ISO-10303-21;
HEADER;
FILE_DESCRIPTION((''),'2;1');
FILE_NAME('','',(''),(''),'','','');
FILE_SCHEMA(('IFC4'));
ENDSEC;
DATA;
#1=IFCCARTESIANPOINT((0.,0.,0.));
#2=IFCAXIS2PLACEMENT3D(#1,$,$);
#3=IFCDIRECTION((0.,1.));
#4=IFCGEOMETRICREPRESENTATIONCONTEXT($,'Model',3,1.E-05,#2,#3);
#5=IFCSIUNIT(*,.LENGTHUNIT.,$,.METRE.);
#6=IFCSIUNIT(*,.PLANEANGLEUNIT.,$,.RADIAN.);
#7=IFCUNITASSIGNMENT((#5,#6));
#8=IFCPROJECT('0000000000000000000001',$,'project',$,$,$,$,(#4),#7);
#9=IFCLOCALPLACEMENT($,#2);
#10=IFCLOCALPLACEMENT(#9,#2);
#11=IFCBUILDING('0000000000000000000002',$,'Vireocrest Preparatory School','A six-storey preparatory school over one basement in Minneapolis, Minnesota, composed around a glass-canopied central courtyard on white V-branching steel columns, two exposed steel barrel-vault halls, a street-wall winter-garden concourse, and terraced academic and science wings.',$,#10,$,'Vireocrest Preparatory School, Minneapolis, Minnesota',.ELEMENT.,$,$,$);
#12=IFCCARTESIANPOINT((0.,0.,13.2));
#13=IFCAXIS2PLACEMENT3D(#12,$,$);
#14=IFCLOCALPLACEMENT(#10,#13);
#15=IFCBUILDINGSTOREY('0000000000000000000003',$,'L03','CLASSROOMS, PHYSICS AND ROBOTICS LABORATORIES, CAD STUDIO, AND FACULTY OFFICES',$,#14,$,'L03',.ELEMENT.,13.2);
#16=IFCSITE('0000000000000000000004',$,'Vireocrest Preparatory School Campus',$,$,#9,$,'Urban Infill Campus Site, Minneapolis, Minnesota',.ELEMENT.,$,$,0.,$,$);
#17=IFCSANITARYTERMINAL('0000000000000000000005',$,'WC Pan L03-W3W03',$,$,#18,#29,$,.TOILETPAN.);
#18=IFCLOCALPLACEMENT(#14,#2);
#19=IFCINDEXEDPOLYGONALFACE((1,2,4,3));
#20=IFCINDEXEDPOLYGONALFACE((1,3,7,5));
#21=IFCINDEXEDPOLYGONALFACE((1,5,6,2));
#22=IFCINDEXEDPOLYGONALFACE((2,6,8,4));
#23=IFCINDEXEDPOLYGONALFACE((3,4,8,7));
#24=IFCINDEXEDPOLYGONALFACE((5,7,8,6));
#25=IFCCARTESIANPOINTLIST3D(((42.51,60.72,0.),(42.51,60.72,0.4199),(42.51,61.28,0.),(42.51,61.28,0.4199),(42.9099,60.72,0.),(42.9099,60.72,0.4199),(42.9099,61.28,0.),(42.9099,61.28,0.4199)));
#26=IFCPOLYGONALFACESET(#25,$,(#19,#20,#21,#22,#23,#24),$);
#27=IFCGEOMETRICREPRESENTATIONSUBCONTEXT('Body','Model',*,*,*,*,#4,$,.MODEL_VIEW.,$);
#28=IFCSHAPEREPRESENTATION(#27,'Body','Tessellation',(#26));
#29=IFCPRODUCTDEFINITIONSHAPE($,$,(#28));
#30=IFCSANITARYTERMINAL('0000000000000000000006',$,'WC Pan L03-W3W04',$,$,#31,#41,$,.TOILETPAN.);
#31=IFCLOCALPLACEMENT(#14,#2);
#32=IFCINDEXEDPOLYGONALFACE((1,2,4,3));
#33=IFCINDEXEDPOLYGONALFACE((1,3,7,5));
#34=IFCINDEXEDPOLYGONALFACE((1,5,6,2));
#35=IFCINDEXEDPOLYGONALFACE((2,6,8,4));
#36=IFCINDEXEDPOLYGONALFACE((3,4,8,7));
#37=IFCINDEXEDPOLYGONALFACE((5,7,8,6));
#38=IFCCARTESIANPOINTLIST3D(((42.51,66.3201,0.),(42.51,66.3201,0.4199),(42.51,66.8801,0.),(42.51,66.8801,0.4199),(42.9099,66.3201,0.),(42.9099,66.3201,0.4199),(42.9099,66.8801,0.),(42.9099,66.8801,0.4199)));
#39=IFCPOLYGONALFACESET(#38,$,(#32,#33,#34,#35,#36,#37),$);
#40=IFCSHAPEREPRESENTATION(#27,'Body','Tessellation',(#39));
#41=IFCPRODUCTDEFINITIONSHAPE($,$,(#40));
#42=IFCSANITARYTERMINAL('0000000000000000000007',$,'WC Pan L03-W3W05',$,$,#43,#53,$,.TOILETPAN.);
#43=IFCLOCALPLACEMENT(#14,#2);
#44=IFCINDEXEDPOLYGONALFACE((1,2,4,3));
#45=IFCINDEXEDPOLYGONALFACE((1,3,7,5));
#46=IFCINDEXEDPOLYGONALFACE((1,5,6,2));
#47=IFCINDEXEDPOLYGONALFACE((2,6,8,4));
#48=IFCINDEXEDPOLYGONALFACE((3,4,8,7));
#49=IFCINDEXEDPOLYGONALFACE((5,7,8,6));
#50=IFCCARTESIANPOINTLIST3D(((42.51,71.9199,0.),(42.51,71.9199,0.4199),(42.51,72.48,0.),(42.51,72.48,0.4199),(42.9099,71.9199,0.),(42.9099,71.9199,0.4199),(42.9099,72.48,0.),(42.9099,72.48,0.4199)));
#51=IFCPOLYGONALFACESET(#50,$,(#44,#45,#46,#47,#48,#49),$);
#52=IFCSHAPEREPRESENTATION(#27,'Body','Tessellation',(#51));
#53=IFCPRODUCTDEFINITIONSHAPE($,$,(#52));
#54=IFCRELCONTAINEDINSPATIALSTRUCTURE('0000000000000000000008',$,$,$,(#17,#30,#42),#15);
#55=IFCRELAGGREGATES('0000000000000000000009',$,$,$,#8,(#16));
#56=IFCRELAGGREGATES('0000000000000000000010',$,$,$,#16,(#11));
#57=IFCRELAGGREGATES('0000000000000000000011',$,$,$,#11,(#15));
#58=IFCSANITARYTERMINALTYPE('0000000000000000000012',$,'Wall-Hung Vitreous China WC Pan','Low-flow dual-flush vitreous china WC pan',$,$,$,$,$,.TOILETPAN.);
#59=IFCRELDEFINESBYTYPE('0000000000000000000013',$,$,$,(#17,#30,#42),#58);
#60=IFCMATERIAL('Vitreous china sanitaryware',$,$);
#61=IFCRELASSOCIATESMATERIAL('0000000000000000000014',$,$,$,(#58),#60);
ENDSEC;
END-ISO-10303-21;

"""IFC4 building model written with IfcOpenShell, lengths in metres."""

from ifc_helpers import new_model, si_unit, direction, frame, origin, origin_2d, place, context, subcontext, project, spatial, rectangle, extrude, material, type_object, element, save


model = new_model("IFC4")

# Units and contexts
model_context = context("Model", 3, precision=1e-05, world=origin(), true_north=direction((0.0, 1.0)))
body_context = subcontext(model_context, "Body", "Model", "MODEL_VIEW")
ifc_project = project(units=[si_unit("LENGTHUNIT", "METRE"), si_unit("PLANEANGLEUNIT", "RADIAN")], contexts=[model_context])

# Site, building, storey
site_placement = place(None, origin())
site = spatial("IfcSite", under=ifc_project, at=site_placement, Name="Vireocrest Preparatory School Campus", LongName="Urban Infill Campus Site, Minneapolis, Minnesota", CompositionType="ELEMENT", RefElevation=0.0)
building_placement = place(site_placement, origin())
building = spatial("IfcBuilding", under=site, at=building_placement, Name="Vireocrest Preparatory School", Description="A six-storey preparatory school over one basement in Minneapolis, Minnesota, composed around a glass-canopied central courtyard on white V-branching steel columns, two exposed steel barrel-vault halls, a street-wall winter-garden concourse, and terraced academic and science wings.", LongName="Vireocrest Preparatory School, Minneapolis, Minnesota", CompositionType="ELEMENT")
storey_placement = place(building_placement, frame((0.0, 0.0, 13.2)))
storey = spatial("IfcBuildingStorey", under=building, at=storey_placement, Name="L03", Description="CLASSROOMS, PHYSICS AND ROBOTICS LABORATORIES, CAD STUDIO, AND FACULTY OFFICES", LongName="L03", CompositionType="ELEMENT", Elevation=13.2)

# Sanitary terminals
ifc_material_1 = material(Name="Vitreous china sanitaryware")
sanitary_terminal_type_1 = type_object("IfcSanitaryTerminalType", Name="Wall-Hung Vitreous China WC Pan", Description="Low-flow dual-flush vitreous china WC pan", PredefinedType="TOILETPAN", material=ifc_material_1)
for number, where, z_axis, x_axis, name in (
    (1, (42.71, 61.0, 0.0), (0.0, 0.0, 1.0), (1.0, 0.0, 0.0), "WC Pan L03-W3W03"),
    (2, (42.71, 66.6001, 0.0), (0.0, 0.0, 1.0), (1.0, 0.0, 0.0), "WC Pan L03-W3W04"),
    (3, (42.71, 72.2, 0.0), (0.0, 0.0, 1.0), (1.0, 0.0, 0.0), "WC Pan L03-W3W05"),
):
    element("IfcSanitaryTerminal", number, at=place(storey_placement, frame(where, z_axis=z_axis, x_axis=x_axis)), inside=storey, type_object=sanitary_terminal_type_1, Name=name, PredefinedType="TOILETPAN", context=body_context, shape_type="SweptSolid", body=[
        extrude(rectangle(XDim=0.3999, YDim=0.5601, at=origin_2d()), origin(), (0.0, 0.0, 1.0), 0.4199),
    ])

save(model, "model.ifc")
